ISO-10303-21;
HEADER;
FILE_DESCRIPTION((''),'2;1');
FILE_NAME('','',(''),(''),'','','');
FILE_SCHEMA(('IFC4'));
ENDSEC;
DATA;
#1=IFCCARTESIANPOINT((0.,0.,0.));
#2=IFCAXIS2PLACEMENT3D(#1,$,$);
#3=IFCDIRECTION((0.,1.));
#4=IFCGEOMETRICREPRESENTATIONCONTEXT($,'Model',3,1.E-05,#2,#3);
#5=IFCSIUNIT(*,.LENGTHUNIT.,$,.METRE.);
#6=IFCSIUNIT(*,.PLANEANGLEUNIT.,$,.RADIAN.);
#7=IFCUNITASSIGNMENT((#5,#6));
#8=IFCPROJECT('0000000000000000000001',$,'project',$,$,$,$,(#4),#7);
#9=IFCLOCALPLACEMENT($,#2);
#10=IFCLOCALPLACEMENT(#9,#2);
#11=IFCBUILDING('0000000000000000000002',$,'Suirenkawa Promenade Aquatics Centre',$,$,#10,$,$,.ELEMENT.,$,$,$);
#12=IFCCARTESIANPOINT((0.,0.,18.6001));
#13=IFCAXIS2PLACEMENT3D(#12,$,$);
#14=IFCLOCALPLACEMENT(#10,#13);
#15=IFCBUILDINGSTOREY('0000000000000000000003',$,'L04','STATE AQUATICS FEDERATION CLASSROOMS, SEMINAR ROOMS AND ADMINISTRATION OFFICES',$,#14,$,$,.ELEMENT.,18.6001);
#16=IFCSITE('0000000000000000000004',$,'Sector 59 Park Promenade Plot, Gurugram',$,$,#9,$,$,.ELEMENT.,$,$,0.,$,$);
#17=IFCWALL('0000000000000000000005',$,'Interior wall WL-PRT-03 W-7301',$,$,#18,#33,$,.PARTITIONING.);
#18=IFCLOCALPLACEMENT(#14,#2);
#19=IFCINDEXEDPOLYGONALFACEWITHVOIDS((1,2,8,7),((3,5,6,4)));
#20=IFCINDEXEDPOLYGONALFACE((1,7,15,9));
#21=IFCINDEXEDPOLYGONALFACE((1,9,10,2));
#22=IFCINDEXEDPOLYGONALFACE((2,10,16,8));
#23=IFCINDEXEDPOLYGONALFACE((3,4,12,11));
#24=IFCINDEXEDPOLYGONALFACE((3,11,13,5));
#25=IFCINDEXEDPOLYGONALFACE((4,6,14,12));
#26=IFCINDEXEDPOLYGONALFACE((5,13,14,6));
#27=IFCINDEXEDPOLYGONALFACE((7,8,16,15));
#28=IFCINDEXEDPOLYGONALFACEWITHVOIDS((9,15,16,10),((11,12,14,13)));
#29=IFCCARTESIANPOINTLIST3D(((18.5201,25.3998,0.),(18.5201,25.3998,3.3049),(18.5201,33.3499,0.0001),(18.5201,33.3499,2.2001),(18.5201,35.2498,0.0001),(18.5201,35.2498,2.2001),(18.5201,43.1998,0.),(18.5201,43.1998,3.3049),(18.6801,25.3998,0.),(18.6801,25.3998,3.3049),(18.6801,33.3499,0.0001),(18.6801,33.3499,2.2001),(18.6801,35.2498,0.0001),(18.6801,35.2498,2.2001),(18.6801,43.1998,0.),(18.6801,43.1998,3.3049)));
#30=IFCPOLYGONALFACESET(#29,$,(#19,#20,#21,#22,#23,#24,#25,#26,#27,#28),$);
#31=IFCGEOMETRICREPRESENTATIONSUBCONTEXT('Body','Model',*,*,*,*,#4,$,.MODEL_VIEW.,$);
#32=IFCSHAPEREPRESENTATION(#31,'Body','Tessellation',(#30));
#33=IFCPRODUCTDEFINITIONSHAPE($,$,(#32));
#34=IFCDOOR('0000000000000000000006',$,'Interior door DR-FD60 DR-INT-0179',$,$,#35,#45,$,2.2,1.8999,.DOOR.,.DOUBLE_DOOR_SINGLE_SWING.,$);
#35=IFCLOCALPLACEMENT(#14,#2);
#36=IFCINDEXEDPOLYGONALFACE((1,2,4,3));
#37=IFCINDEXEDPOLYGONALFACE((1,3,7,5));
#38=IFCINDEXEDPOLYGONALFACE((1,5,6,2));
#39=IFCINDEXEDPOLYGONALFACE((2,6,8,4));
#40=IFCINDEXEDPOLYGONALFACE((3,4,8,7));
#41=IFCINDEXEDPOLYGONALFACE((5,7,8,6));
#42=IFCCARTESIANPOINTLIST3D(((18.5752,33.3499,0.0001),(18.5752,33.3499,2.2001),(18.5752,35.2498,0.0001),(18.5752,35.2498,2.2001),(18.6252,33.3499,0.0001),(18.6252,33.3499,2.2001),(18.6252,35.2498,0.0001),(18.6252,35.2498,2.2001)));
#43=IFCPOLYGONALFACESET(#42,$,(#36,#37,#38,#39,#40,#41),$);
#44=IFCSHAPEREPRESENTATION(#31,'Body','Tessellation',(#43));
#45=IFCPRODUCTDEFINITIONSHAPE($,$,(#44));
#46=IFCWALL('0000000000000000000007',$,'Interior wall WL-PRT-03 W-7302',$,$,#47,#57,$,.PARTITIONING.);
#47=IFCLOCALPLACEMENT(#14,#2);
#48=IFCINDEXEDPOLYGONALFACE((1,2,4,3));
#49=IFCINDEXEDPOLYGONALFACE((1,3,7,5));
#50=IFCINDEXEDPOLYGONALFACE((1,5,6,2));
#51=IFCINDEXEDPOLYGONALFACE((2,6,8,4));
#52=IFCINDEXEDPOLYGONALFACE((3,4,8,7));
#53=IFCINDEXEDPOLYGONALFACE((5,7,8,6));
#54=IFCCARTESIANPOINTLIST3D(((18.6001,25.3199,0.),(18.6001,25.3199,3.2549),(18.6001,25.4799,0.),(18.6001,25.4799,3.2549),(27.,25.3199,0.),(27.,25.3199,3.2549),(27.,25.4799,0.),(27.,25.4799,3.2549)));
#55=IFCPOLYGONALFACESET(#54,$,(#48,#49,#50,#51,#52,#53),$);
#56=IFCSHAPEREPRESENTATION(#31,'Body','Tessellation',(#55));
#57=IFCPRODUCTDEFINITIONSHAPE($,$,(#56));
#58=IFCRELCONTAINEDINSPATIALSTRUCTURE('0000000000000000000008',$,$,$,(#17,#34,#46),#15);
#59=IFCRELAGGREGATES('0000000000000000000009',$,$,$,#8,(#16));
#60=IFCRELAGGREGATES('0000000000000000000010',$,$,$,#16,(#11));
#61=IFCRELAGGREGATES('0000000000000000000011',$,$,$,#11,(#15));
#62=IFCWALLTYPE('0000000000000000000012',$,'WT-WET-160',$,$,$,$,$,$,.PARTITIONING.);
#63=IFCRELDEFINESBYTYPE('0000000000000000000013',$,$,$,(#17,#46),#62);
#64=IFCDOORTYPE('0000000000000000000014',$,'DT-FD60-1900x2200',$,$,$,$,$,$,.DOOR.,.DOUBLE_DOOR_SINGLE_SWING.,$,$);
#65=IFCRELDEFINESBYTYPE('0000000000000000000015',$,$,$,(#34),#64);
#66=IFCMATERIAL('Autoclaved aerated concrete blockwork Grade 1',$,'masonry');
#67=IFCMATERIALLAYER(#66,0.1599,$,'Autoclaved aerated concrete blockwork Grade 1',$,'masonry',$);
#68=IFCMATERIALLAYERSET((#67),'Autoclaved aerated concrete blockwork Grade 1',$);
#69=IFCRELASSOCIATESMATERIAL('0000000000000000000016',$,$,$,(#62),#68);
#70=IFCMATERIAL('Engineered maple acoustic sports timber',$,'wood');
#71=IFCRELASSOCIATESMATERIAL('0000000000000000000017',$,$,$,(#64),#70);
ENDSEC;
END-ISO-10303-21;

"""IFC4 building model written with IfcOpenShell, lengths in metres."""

from ifc_helpers import new_model, si_unit, direction, frame, frame_2d, origin, place, context, subcontext, project, spatial, rectangle, extrude, material, layer, layer_set, type_object, element, fill, save


model = new_model("IFC4")

# Units and contexts
model_context = context("Model", 3, precision=1e-05, world=origin(), true_north=direction((0.0, 1.0)))
body_context = subcontext(model_context, "Body", "Model", "MODEL_VIEW")
ifc_project = project(units=[si_unit("LENGTHUNIT", "METRE"), si_unit("PLANEANGLEUNIT", "RADIAN")], contexts=[model_context])

# Site, building, storey
site_placement = place(None, origin())
site = spatial("IfcSite", under=ifc_project, at=site_placement, Name="Sector 59 Park Promenade Plot, Gurugram", CompositionType="ELEMENT", RefElevation=0.0)
building_placement = place(site_placement, origin())
building = spatial("IfcBuilding", under=site, at=building_placement, Name="Suirenkawa Promenade Aquatics Centre", CompositionType="ELEMENT")
storey_placement = place(building_placement, frame((0.0, 0.0, 18.6001)))
storey = spatial("IfcBuildingStorey", under=building, at=storey_placement, Name="L04", Description="STATE AQUATICS FEDERATION CLASSROOMS, SEMINAR ROOMS AND ADMINISTRATION OFFICES", CompositionType="ELEMENT", Elevation=18.6001)

# Wall, opening, door
ifc_material_1 = material(Name="Autoclaved aerated concrete blockwork Grade 1", Category="masonry")
ifc_layer_1 = layer(ifc_material_1, 0.1599, Name="Autoclaved aerated concrete blockwork Grade 1", Category="masonry")
ifc_layer_set_1 = layer_set([ifc_layer_1], Name="Autoclaved aerated concrete blockwork Grade 1")
wall_type_1 = type_object("IfcWallType", Name="WT-WET-160", PredefinedType="PARTITIONING", material=ifc_layer_set_1)
wall_1_placement = place(storey_placement, frame((18.6001, 25.3999, 0.0), z_axis=(0.0, 0.0, 1.0), x_axis=(0.0, 1.0, 0.0)))
wall_1 = element("IfcWall", 1, at=wall_1_placement, inside=storey, type_object=wall_type_1, Name="Interior wall WL-PRT-03 W-7301", PredefinedType="PARTITIONING", context=body_context, shape_type="SweptSolid", body=[
    extrude(rectangle(XDim=17.8, YDim=0.1599, at=frame_2d((8.8999, 0.0))), origin(), (0.0, 0.0, 1.0), 3.3049),
])
opening_1_placement = place(wall_1_placement, frame((7.95, 0.0, 0.0)))
opening_1 = element("IfcOpeningElement", 2, at=opening_1_placement, cuts=wall_1, PredefinedType="OPENING", context=body_context, shape_type="SweptSolid", body=[
    extrude(rectangle(XDim=1.8999, YDim=2.2, at=frame_2d((0.95, 1.1001))), frame((0.0, 0.0898, 0.0), z_axis=(0.0, -1.0, 0.0), x_axis=(1.0, 0.0, 0.0)), (0.0, 0.0, 1.0), 0.1799),
])
ifc_material_2 = material(Name="Engineered maple acoustic sports timber", Category="wood")
door_type_1 = type_object("IfcDoorType", Name="DT-FD60-1900x2200", OperationType="DOUBLE_DOOR_SINGLE_SWING", PredefinedType="DOOR", material=ifc_material_2)
door_1_placement = place(opening_1_placement, origin())
door_1 = element("IfcDoor", 3, at=door_1_placement, inside=storey, type_object=door_type_1, Name="Interior door DR-FD60 DR-INT-0179", OperationType="DOUBLE_DOOR_SINGLE_SWING", OverallHeight=2.2, OverallWidth=1.8999, PredefinedType="DOOR", context=body_context, shape_type="SweptSolid", body=[
    extrude(rectangle(XDim=1.8999, YDim=2.2, at=frame_2d((0.95, 1.1001))), frame((0.0, 0.0249, 0.0), z_axis=(0.0, -1.0, 0.0), x_axis=(1.0, 0.0, 0.0)), (0.0, 0.0, 1.0), 0.05),
])
fill(opening_1, door_1)

# Wall
wall_2_placement = place(storey_placement, frame((18.6001, 25.3999, 0.0), z_axis=(0.0, 0.0, 1.0), x_axis=(1.0, 0.0, 0.0)))
element("IfcWall", 4, at=wall_2_placement, inside=storey, type_object=wall_type_1, Name="Interior wall WL-PRT-03 W-7302", PredefinedType="PARTITIONING", context=body_context, shape_type="SweptSolid", body=[
    extrude(rectangle(XDim=8.3999, YDim=0.1599, at=frame_2d((4.2, 0.0))), origin(), (0.0, 0.0, 1.0), 3.2549),
])

save(model, "model.ifc")
